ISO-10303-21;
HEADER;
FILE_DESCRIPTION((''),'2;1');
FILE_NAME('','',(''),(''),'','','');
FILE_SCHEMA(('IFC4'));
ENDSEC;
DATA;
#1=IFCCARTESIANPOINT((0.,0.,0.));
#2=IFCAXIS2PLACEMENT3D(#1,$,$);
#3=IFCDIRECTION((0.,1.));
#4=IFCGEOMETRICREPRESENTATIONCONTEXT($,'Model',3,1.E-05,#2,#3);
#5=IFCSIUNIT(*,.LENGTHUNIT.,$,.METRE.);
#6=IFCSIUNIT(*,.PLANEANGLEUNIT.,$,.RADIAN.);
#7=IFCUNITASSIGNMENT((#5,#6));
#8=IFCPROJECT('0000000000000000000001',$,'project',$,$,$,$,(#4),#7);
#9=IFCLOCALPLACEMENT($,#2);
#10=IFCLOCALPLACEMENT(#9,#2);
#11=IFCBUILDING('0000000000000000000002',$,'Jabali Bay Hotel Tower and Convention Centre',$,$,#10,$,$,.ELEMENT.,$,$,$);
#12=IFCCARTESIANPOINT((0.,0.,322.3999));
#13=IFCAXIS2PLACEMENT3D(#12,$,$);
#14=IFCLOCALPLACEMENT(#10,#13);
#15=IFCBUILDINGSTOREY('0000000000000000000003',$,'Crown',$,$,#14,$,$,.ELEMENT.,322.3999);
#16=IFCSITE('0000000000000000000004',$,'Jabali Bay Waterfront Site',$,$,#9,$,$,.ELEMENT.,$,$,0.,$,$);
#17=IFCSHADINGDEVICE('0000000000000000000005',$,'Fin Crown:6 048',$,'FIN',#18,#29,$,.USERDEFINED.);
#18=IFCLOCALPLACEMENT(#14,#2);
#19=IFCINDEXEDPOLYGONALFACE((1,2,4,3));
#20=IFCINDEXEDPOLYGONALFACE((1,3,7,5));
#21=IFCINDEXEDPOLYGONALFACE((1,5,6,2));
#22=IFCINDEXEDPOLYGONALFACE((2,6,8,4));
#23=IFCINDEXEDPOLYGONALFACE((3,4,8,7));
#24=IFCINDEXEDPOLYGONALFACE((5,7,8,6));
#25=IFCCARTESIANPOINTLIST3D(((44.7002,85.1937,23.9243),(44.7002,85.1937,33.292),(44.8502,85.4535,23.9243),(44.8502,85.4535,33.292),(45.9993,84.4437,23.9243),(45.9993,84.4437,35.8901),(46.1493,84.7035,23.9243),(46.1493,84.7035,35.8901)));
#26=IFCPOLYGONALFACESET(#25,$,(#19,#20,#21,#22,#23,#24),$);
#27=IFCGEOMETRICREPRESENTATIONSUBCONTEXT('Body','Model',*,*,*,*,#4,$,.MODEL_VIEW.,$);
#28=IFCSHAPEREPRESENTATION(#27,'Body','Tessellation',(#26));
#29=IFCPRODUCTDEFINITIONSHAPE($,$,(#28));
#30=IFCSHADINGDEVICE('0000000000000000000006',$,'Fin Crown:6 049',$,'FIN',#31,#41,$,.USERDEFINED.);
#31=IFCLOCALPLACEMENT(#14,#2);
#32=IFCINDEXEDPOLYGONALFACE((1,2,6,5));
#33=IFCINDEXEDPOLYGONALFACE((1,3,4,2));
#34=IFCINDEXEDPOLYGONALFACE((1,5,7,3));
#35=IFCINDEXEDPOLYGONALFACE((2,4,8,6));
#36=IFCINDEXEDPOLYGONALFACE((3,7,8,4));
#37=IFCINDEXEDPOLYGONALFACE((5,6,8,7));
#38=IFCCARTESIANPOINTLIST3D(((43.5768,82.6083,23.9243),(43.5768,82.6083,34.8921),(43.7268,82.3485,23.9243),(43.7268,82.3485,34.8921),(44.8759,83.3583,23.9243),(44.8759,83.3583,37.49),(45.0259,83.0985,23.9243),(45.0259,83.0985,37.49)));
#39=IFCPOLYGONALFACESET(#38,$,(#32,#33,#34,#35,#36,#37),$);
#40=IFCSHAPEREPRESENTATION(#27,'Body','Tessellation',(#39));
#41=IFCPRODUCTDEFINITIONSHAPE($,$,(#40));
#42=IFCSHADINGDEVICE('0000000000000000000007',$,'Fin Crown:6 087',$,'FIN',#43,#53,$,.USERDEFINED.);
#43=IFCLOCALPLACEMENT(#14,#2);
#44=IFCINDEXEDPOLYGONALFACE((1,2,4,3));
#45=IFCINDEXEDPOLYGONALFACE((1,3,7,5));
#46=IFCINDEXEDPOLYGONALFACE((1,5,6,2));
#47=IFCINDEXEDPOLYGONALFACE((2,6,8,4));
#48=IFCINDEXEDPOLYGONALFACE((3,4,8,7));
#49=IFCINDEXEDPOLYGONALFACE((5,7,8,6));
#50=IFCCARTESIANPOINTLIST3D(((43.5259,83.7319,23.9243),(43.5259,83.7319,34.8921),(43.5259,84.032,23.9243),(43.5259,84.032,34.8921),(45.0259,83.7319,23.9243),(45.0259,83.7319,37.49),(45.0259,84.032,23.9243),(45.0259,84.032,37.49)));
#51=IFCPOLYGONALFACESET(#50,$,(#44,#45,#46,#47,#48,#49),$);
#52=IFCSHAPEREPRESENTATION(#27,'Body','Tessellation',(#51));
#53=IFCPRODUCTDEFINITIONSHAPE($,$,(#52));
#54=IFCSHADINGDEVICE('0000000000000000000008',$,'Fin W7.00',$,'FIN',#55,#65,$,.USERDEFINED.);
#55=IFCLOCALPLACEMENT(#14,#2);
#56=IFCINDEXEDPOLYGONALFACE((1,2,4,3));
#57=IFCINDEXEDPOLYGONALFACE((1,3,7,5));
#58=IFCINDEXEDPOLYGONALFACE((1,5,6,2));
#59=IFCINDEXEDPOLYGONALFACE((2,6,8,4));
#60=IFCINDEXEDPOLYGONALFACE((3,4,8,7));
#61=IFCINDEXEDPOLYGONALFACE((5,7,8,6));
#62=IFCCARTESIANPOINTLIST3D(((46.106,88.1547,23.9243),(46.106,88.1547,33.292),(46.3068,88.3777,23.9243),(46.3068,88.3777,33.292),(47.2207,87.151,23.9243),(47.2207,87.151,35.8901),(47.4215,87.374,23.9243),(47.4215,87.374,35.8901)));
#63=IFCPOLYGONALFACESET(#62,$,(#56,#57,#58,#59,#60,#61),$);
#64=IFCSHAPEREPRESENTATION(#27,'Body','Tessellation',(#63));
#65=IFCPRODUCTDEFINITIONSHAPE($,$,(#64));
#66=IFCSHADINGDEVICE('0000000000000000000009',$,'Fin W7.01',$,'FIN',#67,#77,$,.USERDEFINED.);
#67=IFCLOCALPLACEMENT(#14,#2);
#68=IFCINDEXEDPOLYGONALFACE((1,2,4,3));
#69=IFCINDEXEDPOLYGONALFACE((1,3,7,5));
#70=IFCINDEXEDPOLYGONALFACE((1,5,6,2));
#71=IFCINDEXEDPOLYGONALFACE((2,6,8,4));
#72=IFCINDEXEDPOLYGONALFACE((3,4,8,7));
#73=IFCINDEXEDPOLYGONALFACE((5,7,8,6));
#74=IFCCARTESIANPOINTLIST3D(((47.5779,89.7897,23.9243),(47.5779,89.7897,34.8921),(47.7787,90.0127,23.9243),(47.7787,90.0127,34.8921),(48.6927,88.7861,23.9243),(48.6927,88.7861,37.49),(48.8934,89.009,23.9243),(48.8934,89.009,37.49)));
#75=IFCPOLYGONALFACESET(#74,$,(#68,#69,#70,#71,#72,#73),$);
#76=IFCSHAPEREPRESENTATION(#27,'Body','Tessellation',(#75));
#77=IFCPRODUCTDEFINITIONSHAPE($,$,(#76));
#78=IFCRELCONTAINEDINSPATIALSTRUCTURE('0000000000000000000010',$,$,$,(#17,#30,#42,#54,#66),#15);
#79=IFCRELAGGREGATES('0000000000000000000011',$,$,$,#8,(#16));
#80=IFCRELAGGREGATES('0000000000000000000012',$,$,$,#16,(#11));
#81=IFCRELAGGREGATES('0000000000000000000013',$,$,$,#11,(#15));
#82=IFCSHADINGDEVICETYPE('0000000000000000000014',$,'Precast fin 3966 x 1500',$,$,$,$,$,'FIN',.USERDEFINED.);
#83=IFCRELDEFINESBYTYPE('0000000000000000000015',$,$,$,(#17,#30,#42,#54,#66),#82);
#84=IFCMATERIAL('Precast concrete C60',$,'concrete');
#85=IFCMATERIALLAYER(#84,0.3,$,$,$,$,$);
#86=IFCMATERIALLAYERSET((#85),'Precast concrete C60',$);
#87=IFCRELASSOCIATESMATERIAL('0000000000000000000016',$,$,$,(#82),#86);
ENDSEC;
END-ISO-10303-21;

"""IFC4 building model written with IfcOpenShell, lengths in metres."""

from ifc_helpers import new_model, si_unit, direction, frame, origin, place, context, subcontext, project, spatial, polyline, outline, extrude, material, layer, layer_set, type_object, element, save


model = new_model("IFC4")

# Units and contexts
model_context = context("Model", 3, precision=1e-05, world=origin(), true_north=direction((0.0, 1.0)))
body_context = subcontext(model_context, "Body", "Model", "MODEL_VIEW")
ifc_project = project(units=[si_unit("LENGTHUNIT", "METRE"), si_unit("PLANEANGLEUNIT", "RADIAN")], contexts=[model_context])

# Site, building, storey
site_placement = place(None, origin())
site = spatial("IfcSite", under=ifc_project, at=site_placement, Name="Jabali Bay Waterfront Site", CompositionType="ELEMENT", RefElevation=0.0)
building_placement = place(site_placement, origin())
building = spatial("IfcBuilding", under=site, at=building_placement, Name="Jabali Bay Hotel Tower and Convention Centre", CompositionType="ELEMENT")
storey_placement = place(building_placement, frame((0.0, 0.0, 322.3999)))
storey = spatial("IfcBuildingStorey", under=building, at=storey_placement, Name="Crown", CompositionType="ELEMENT", Elevation=322.3999)

# Shading devices
ifc_material_1 = material(Name="Precast concrete C60", Category="concrete")
ifc_layer_1 = layer(ifc_material_1, 0.3)
ifc_layer_set_1 = layer_set([ifc_layer_1], Name="Precast concrete C60")
shading_device_type = type_object("IfcShadingDeviceType", Name="Precast fin 3966 x 1500", ElementType="FIN", PredefinedType="USERDEFINED", material=ifc_layer_set_1)
shading_device_1_placement = place(storey_placement, frame((46.0742, 84.5735, 23.9243), z_axis=(0.0, 0.0, 1.0), x_axis=(-0.866031, 0.49999, 0.0)))
element("IfcShadingDevice", 1, at=shading_device_1_placement, inside=storey, type_object=shading_device_type, Name="Fin Crown:6 048", ObjectType="FIN", PredefinedType="USERDEFINED", context=body_context, shape_type="SweptSolid", body=[
    extrude(outline(polyline([(0.0, 0.0), (1.5, 0.0), (1.5, 9.3677), (0.0, 11.9658), (0.0, 0.0)])), frame((0.0, 0.1499, 0.0), z_axis=(0.0, -1.0, 0.0), x_axis=(1.0, 0.0, 0.0)), (0.0, 0.0, 1.0), 0.3),
])
for number, where, z_axis, x_axis, name in (
    (2, (44.9509, 83.2283, 23.9243), (0.0, 0.0, 1.0), (-0.866031, -0.49999, 0.0), "Fin Crown:6 049"),
    (3, (45.0259, 83.8818, 23.9243), (0.0, 0.0, 1.0), (-1.0, 0.0, 0.0), "Fin Crown:6 087"),
):
    element("IfcShadingDevice", number, at=place(storey_placement, frame(where, z_axis=z_axis, x_axis=x_axis)), inside=storey, type_object=shading_device_type, Name=name, ObjectType="FIN", PredefinedType="USERDEFINED", context=body_context, shape_type="SweptSolid", body=[
        extrude(outline(polyline([(0.0, 0.0), (1.5, 0.0), (1.5, 10.9678), (0.0, 13.5657), (0.0, 0.0)])), frame((0.0, 0.1499, 0.0), z_axis=(0.0, -1.0, 0.0), x_axis=(1.0, 0.0, 0.0)), (0.0, 0.0, 1.0), 0.3),
    ])
shading_device_2_placement = place(storey_placement, frame((47.321, 87.2625, 23.9243), z_axis=(0.0, 0.0, 1.0), x_axis=(-0.743165, 0.669109, 0.0)))
element("IfcShadingDevice", 4, at=shading_device_2_placement, inside=storey, type_object=shading_device_type, Name="Fin W7.00", ObjectType="FIN", PredefinedType="USERDEFINED", context=body_context, shape_type="SweptSolid", body=[
    extrude(outline(polyline([(0.0, 0.0), (1.5, 0.0), (1.5, 9.3677), (0.0, 11.9658), (0.0, 0.0)])), frame((0.0, 0.1499, 0.0), z_axis=(0.0, -1.0, 0.0), x_axis=(1.0, 0.0, 0.0)), (0.0, 0.0, 1.0), 0.3),
])
shading_device_3_placement = place(storey_placement, frame((48.793, 88.8975, 23.9243), z_axis=(0.0, 0.0, 1.0), x_axis=(-0.743165, 0.669109, 0.0)))
element("IfcShadingDevice", 5, at=shading_device_3_placement, inside=storey, type_object=shading_device_type, Name="Fin W7.01", ObjectType="FIN", PredefinedType="USERDEFINED", context=body_context, shape_type="SweptSolid", body=[
    extrude(outline(polyline([(0.0, 0.0), (1.5, 0.0), (1.5, 10.9678), (0.0, 13.5657), (0.0, 0.0)])), frame((0.0, 0.1499, 0.0), z_axis=(0.0, -1.0, 0.0), x_axis=(1.0, 0.0, 0.0)), (0.0, 0.0, 1.0), 0.3),
])

save(model, "model.ifc")
